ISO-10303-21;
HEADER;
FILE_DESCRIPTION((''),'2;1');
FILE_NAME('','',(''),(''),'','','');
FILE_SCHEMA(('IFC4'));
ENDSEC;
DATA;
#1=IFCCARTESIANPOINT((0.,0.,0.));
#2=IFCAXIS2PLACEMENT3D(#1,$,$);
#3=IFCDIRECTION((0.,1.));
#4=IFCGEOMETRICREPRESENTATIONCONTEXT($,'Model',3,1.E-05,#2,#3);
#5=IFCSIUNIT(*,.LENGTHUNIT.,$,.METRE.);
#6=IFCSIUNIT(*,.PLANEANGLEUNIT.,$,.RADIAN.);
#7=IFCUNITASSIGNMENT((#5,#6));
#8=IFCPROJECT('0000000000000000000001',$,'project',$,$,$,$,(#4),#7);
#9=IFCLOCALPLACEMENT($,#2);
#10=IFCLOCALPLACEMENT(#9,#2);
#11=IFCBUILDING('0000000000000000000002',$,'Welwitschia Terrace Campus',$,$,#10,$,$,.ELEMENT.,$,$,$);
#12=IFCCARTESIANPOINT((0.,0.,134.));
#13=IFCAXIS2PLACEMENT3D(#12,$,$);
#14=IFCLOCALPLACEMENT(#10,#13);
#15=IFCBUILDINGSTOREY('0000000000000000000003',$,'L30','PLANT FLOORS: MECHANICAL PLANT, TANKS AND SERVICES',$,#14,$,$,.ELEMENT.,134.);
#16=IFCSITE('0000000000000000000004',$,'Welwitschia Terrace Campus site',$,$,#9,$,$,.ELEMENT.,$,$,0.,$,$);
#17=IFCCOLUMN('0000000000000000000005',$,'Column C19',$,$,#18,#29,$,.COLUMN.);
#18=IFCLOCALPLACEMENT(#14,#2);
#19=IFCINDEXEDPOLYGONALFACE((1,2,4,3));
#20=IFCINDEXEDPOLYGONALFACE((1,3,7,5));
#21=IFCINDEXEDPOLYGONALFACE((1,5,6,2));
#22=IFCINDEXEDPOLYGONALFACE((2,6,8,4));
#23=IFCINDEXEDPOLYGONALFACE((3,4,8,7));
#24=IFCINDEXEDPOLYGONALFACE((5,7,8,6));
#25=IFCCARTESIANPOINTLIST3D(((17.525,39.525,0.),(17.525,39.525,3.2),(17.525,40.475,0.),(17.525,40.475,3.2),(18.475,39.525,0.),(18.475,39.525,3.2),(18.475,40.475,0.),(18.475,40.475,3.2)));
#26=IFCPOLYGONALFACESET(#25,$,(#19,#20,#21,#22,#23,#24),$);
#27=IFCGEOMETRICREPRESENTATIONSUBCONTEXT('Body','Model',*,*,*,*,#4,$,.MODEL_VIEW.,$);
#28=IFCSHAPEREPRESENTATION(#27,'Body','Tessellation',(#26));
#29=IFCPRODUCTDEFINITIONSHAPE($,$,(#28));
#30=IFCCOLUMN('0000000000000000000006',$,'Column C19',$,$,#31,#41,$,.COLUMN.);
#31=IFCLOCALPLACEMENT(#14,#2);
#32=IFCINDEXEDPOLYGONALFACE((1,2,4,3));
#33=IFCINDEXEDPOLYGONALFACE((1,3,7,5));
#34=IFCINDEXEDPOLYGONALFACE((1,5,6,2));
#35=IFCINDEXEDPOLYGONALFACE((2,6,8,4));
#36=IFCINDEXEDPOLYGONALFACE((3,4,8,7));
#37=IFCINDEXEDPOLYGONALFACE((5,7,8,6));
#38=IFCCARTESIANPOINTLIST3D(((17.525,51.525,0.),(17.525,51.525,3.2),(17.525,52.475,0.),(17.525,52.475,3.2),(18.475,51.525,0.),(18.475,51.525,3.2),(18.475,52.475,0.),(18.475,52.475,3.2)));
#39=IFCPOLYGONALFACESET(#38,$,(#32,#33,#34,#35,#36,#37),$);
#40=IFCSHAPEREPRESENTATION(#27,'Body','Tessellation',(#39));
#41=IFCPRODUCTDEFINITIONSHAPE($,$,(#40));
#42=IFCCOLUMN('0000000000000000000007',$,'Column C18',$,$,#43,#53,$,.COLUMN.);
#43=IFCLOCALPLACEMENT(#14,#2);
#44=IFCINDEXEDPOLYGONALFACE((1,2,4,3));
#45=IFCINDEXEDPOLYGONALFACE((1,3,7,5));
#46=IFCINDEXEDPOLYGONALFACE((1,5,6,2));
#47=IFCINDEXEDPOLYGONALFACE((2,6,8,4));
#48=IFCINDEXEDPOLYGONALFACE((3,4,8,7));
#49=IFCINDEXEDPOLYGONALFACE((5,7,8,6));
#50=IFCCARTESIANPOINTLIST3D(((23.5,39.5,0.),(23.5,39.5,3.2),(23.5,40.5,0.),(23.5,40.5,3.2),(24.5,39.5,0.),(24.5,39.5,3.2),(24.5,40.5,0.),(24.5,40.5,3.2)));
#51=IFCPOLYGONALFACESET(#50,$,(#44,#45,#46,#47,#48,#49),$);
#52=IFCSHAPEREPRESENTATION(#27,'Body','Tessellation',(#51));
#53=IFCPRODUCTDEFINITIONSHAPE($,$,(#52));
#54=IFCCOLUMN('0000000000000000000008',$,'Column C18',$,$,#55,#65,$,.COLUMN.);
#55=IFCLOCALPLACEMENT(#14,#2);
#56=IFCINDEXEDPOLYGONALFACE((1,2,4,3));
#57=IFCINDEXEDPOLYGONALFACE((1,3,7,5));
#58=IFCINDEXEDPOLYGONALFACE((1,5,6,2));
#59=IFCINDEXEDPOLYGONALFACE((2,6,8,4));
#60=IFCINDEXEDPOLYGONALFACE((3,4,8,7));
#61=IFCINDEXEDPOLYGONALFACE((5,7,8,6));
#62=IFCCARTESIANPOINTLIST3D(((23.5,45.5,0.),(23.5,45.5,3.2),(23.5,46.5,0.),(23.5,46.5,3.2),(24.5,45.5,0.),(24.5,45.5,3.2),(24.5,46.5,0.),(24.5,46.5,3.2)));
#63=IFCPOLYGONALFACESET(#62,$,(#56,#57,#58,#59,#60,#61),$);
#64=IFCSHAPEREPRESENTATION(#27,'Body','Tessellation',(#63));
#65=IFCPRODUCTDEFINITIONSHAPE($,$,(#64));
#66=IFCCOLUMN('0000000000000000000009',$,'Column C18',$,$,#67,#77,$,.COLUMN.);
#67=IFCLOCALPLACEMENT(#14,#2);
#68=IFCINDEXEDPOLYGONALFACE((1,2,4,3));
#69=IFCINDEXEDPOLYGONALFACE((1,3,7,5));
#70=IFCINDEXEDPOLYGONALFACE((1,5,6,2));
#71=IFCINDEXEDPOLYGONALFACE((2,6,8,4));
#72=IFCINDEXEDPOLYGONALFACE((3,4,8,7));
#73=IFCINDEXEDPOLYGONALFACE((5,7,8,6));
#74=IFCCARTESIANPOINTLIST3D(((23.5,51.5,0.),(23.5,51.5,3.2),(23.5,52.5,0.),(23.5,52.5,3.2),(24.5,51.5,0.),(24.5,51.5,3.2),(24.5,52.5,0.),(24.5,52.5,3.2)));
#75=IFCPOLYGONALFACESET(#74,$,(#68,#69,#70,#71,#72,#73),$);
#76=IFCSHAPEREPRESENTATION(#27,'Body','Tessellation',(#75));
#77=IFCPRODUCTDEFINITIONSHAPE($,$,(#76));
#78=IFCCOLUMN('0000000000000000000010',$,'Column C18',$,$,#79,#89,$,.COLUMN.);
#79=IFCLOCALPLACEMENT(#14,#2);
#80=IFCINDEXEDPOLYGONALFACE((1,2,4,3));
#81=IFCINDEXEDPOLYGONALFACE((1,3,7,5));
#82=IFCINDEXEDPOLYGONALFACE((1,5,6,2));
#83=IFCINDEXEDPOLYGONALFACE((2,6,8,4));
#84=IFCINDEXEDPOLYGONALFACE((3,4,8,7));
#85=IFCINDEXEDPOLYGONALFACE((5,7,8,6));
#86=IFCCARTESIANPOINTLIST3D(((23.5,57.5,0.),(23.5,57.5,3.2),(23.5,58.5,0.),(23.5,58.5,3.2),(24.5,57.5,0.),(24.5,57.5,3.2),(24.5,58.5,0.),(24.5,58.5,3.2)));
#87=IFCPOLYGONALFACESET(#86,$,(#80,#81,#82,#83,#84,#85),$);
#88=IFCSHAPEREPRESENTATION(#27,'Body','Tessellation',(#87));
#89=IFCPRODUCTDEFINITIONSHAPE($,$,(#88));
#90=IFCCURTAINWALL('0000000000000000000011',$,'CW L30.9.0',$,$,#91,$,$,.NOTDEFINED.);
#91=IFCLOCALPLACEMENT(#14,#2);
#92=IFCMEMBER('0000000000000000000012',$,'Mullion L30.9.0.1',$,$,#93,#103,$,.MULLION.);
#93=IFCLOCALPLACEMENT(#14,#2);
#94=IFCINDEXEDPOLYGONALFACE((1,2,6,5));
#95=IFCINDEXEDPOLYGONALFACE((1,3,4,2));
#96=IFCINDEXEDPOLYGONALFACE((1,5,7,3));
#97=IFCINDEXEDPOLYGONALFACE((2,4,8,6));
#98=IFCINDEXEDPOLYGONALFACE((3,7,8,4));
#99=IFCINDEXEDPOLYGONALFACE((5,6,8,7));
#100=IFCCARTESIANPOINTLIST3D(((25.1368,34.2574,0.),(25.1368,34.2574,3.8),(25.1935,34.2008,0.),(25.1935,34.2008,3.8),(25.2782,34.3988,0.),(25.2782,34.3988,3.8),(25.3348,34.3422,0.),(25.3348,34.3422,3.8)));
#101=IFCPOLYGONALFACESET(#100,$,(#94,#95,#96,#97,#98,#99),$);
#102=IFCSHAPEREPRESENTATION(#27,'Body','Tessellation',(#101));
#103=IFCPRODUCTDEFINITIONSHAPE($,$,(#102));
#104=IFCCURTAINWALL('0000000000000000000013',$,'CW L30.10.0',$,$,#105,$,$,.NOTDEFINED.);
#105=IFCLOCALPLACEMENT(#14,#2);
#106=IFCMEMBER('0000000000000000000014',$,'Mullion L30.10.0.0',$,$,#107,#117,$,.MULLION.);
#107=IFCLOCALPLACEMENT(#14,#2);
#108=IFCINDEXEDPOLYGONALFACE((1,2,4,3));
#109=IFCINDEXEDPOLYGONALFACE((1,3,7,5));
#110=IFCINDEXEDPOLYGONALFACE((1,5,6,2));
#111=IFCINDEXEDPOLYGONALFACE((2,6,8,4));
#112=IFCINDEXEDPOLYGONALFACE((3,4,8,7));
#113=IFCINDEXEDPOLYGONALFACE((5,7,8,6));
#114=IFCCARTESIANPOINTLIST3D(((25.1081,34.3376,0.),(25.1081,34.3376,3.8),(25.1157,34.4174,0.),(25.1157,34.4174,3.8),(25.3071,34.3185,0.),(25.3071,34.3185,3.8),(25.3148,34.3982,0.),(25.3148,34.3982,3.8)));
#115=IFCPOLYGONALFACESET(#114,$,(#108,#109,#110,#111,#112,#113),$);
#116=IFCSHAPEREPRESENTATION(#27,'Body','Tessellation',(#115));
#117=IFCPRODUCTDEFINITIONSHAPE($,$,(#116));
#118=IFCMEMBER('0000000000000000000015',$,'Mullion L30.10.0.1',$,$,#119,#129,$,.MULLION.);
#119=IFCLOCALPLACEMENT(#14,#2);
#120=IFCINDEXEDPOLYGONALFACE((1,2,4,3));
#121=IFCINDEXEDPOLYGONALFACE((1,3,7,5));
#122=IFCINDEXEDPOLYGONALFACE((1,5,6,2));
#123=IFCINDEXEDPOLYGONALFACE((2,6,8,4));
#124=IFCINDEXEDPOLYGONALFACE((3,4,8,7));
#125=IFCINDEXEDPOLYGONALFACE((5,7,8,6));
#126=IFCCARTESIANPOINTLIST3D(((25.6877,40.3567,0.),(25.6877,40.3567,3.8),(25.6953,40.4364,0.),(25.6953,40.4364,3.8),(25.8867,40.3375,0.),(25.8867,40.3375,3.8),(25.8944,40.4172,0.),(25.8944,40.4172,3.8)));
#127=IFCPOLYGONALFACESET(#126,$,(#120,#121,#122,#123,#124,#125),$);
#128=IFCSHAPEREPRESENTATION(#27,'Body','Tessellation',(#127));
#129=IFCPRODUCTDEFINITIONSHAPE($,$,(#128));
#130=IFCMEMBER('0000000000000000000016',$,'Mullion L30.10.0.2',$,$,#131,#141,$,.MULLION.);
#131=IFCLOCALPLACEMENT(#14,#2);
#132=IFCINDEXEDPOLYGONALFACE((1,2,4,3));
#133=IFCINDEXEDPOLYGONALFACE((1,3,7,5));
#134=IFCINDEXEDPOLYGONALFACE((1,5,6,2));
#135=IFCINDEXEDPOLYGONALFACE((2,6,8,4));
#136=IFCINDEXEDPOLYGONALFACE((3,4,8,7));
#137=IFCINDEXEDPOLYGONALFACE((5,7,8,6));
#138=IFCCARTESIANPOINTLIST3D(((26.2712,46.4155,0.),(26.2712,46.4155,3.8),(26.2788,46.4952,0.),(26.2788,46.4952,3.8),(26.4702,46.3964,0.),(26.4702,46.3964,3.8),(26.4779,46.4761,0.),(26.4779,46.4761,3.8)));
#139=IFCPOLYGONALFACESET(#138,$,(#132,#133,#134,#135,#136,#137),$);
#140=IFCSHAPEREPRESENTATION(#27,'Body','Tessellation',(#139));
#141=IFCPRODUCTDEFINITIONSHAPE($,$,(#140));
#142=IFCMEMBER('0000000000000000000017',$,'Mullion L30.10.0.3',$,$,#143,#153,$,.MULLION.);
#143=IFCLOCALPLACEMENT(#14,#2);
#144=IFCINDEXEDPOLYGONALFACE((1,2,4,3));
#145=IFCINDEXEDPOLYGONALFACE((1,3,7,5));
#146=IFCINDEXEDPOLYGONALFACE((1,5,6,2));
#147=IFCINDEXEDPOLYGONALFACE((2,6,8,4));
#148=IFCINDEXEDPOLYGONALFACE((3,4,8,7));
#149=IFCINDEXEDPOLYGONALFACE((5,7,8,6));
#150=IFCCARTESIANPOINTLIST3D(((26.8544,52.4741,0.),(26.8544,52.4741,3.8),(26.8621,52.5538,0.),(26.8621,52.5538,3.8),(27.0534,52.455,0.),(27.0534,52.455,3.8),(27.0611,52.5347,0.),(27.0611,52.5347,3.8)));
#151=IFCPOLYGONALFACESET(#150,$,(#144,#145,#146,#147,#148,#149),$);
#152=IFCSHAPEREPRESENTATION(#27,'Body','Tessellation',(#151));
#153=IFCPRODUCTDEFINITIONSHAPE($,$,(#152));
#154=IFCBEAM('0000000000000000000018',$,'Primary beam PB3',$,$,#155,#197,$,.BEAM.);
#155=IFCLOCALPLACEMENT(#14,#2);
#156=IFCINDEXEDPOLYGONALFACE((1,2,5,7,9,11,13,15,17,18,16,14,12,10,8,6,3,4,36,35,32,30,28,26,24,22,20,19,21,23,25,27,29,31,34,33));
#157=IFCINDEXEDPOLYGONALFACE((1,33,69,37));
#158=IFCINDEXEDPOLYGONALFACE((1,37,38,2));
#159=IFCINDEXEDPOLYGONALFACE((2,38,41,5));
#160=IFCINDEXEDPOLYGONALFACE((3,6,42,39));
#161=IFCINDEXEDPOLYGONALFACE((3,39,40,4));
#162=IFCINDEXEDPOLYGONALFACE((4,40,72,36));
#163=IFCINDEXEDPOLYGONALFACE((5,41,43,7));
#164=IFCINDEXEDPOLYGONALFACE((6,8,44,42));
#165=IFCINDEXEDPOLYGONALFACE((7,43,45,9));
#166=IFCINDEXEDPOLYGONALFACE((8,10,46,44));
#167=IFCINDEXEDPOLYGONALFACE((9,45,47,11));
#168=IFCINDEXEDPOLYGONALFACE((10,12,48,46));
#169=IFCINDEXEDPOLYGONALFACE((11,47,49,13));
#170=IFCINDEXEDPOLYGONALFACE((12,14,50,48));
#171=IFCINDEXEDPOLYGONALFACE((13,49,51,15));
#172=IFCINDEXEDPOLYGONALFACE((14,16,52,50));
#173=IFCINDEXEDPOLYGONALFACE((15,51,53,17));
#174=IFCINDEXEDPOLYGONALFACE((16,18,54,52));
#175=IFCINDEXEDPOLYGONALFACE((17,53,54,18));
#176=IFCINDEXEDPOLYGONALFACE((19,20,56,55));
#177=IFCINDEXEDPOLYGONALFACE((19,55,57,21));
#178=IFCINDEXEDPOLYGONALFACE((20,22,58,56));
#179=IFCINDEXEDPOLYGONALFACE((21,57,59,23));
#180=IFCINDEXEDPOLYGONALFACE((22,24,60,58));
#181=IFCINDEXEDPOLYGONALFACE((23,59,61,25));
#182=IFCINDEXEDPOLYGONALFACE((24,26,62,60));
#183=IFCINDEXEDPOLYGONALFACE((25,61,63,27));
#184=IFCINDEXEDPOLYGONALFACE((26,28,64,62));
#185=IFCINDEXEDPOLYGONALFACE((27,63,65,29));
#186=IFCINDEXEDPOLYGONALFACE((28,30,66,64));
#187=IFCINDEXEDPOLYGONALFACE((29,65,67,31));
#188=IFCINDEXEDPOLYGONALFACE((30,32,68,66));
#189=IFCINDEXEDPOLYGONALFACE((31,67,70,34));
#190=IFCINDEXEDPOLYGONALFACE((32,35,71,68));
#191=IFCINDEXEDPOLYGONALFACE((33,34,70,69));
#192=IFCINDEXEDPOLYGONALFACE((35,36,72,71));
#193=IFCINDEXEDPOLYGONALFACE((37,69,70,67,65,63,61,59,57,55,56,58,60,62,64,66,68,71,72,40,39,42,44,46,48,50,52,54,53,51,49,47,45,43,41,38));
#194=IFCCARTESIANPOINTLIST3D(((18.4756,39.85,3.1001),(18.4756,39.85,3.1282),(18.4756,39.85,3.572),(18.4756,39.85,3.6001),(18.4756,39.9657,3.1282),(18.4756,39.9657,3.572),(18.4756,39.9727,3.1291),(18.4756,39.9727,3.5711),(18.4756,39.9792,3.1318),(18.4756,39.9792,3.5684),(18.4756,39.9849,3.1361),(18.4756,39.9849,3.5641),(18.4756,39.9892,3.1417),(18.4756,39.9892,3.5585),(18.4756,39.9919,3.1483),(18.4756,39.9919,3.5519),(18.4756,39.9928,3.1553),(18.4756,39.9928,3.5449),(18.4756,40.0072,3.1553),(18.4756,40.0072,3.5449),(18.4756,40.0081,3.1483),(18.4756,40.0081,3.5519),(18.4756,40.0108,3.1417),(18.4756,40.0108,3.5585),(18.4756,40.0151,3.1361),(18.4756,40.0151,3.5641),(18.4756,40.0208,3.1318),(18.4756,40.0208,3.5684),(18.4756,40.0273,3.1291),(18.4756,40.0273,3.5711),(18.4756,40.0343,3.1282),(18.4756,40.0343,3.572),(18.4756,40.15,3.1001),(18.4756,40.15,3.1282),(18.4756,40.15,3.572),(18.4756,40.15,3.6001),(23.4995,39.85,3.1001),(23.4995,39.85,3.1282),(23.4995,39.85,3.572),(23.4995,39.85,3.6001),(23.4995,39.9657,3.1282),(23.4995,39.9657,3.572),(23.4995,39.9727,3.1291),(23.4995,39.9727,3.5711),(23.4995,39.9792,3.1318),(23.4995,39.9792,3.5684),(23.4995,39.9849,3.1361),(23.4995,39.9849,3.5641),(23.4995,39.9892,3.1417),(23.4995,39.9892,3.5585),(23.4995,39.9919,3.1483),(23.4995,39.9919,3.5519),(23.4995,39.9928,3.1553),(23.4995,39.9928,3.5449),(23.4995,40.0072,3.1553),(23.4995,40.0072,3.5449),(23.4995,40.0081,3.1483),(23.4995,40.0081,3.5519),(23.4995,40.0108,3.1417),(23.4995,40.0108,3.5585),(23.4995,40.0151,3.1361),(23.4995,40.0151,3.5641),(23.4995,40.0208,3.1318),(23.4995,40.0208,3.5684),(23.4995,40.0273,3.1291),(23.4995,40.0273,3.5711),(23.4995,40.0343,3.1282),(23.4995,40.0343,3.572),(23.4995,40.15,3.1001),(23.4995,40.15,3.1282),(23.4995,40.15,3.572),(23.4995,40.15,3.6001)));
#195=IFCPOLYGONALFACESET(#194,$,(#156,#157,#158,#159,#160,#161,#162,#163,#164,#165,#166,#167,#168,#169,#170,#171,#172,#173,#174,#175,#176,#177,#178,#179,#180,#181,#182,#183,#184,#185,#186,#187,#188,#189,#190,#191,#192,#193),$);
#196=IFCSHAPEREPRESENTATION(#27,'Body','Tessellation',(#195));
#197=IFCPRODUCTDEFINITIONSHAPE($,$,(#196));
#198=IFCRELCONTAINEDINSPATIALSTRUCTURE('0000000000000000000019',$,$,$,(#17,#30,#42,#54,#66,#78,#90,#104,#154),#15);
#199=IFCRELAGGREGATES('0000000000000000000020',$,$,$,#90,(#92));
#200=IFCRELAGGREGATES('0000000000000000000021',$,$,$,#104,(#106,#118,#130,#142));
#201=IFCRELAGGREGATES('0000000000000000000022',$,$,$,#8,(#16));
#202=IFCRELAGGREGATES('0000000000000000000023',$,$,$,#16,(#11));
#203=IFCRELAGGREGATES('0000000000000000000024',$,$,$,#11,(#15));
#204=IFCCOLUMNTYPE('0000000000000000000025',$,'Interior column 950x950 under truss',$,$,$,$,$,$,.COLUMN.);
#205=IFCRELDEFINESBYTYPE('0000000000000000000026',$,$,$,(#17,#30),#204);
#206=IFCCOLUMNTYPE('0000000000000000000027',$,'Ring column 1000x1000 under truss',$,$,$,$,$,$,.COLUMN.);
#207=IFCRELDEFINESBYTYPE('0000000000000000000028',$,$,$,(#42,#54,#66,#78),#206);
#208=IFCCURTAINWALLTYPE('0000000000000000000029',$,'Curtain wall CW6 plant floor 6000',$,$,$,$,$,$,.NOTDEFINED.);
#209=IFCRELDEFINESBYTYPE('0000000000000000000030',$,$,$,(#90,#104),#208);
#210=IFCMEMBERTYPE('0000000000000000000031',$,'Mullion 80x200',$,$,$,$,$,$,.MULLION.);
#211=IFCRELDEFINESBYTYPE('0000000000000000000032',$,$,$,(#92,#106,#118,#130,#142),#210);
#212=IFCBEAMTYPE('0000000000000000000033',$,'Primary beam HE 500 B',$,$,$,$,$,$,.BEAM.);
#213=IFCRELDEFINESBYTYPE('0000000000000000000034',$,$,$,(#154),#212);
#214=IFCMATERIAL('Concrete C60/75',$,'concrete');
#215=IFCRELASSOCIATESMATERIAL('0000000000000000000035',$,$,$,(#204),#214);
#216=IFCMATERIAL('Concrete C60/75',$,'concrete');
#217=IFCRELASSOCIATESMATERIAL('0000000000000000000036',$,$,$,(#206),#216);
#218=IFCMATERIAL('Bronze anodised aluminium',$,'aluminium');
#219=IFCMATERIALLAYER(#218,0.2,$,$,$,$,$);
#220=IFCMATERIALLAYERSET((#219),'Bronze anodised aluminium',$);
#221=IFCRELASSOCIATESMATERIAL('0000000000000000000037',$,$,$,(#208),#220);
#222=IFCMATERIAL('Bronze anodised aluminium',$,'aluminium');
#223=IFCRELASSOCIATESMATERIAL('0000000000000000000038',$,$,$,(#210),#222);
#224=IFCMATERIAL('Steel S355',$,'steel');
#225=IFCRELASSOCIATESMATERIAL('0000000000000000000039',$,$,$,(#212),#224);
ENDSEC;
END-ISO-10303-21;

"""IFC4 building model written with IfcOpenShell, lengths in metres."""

from ifc_helpers import new_model, si_unit, direction, frame, origin, origin_2d, place, context, subcontext, project, spatial, rectangle, i_section, extrude, material, layer, layer_set, material_profile, profile_set, type_object, element, aggregate, save


model = new_model("IFC4")

# Units and contexts
model_context = context("Model", 3, precision=1e-05, world=origin(), true_north=direction((0.0, 1.0)))
body_context = subcontext(model_context, "Body", "Model", "MODEL_VIEW")
ifc_project = project(units=[si_unit("LENGTHUNIT", "METRE"), si_unit("PLANEANGLEUNIT", "RADIAN")], contexts=[model_context])

# Site, building, storey
site_placement = place(None, origin())
site = spatial("IfcSite", under=ifc_project, at=site_placement, Name="Welwitschia Terrace Campus site", CompositionType="ELEMENT", RefElevation=0.0)
building_placement = place(site_placement, origin())
building = spatial("IfcBuilding", under=site, at=building_placement, Name="Welwitschia Terrace Campus", CompositionType="ELEMENT")
storey_placement = place(building_placement, frame((0.0, 0.0, 134.0)))
storey = spatial("IfcBuildingStorey", under=building, at=storey_placement, Name="L30", Description="PLANT FLOORS: MECHANICAL PLANT, TANKS AND SERVICES", CompositionType="ELEMENT", Elevation=134.0)

# Columns
ifc_material_1 = material(Name="Concrete C60/75", Category="concrete")
ifc_material_profile_1 = material_profile(ifc_material_1, rectangle(XDim=0.95, YDim=0.95, at=origin_2d()))
ifc_profile_set_1 = profile_set([ifc_material_profile_1], Name="Concrete C60/75")
column_type_1 = type_object("IfcColumnType", Name="Interior column 950x950 under truss", PredefinedType="COLUMN", material=ifc_profile_set_1)
for number, where, z_axis, x_axis, name in (
    (1, (18.0, 40.0, 0.0), (0.0, 0.0, 1.0), (1.0, 0.0, 0.0), "Column C19"),
    (2, (18.0, 52.0, 0.0), (0.0, 0.0, 1.0), (1.0, 0.0, 0.0), "Column C19"),
):
    element("IfcColumn", number, at=place(storey_placement, frame(where, z_axis=z_axis, x_axis=x_axis)), inside=storey, type_object=column_type_1, Name=name, PredefinedType="COLUMN", context=body_context, shape_type="SweptSolid", body=[
        extrude(rectangle(XDim=0.95, YDim=0.95, at=origin_2d()), origin(), (0.0, 0.0, 1.0), 3.2),
    ])
ifc_material_2 = material(Name="Concrete C60/75", Category="concrete")
ifc_material_profile_2 = material_profile(ifc_material_2, rectangle(XDim=1.0, YDim=1.0, at=origin_2d()))
ifc_profile_set_2 = profile_set([ifc_material_profile_2], Name="Concrete C60/75")
column_type_2 = type_object("IfcColumnType", Name="Ring column 1000x1000 under truss", PredefinedType="COLUMN", material=ifc_profile_set_2)
for number, where, z_axis, x_axis, name in (
    (3, (24.0, 40.0, 0.0), (0.0, 0.0, 1.0), (1.0, 0.0, 0.0), "Column C18"),
    (4, (24.0, 46.0, 0.0), (0.0, 0.0, 1.0), (1.0, 0.0, 0.0), "Column C18"),
    (5, (24.0, 52.0, 0.0), (0.0, 0.0, 1.0), (1.0, 0.0, 0.0), "Column C18"),
    (6, (24.0, 58.0, 0.0), (0.0, 0.0, 1.0), (1.0, 0.0, 0.0), "Column C18"),
):
    element("IfcColumn", number, at=place(storey_placement, frame(where, z_axis=z_axis, x_axis=x_axis)), inside=storey, type_object=column_type_2, Name=name, PredefinedType="COLUMN", context=body_context, shape_type="SweptSolid", body=[
        extrude(rectangle(XDim=1.0, YDim=1.0, at=origin_2d()), origin(), (0.0, 0.0, 1.0), 3.2),
    ])

# Curtain wall, member
ifc_material_3 = material(Name="Bronze anodised aluminium", Category="aluminium")
ifc_layer_1 = layer(ifc_material_3, 0.2)
ifc_layer_set_1 = layer_set([ifc_layer_1], Name="Bronze anodised aluminium")
curtain_wall_type = type_object("IfcCurtainWallType", Name="Curtain wall CW6 plant floor 6000", PredefinedType="NOTDEFINED", material=ifc_layer_set_1)
curtain_wall_1_placement = place(storey_placement, origin())
curtain_wall_1 = element("IfcCurtainWall", 7, at=curtain_wall_1_placement, inside=storey, type_object=curtain_wall_type, Name="CW L30.9.0", PredefinedType="NOTDEFINED")
ifc_material_4 = material(Name="Bronze anodised aluminium", Category="aluminium")
ifc_material_profile_3 = material_profile(ifc_material_4, rectangle(XDim=0.2, YDim=0.0801, at=origin_2d()))
ifc_profile_set_3 = profile_set([ifc_material_profile_3], Name="Bronze anodised aluminium")
member_type_1 = type_object("IfcMemberType", Name="Mullion 80x200", PredefinedType="MULLION", material=ifc_profile_set_3)
member_1_placement = place(storey_placement, frame((25.2358, 34.2998, 0.0), z_axis=(0.0, 0.0, 1.0), x_axis=(-0.707107, -0.707107, 0.0)))
member_1 = element("IfcMember", 8, at=member_1_placement, type_object=member_type_1, Name="Mullion L30.9.0.1", PredefinedType="MULLION", context=body_context, shape_type="SweptSolid", body=[
    extrude(rectangle(XDim=0.2, YDim=0.0801, at=origin_2d()), origin(), (0.0, 0.0, 1.0), 3.8),
])
aggregate(curtain_wall_1, [member_1])

# Curtain wall, members
curtain_wall_2_placement = place(storey_placement, origin())
curtain_wall_2 = element("IfcCurtainWall", 9, at=curtain_wall_2_placement, inside=storey, type_object=curtain_wall_type, Name="CW L30.10.0", PredefinedType="NOTDEFINED")
member_2_placement = place(storey_placement, frame((25.2114, 34.3679, 0.0), z_axis=(0.0, 0.0, 1.0), x_axis=(-0.995396, 0.095846, 0.0)))
member_2 = element("IfcMember", 10, at=member_2_placement, type_object=member_type_1, Name="Mullion L30.10.0.0", PredefinedType="MULLION", context=body_context, shape_type="SweptSolid", body=[
    extrude(rectangle(XDim=0.2, YDim=0.0801, at=origin_2d()), origin(), (0.0, 0.0, 1.0), 3.8),
])
member_3_placement = place(storey_placement, frame((25.791, 40.387, 0.0), z_axis=(0.0, 0.0, 1.0), x_axis=(-0.995396, 0.095846, 0.0)))
member_3 = element("IfcMember", 11, at=member_3_placement, type_object=member_type_1, Name="Mullion L30.10.0.1", PredefinedType="MULLION", context=body_context, shape_type="SweptSolid", body=[
    extrude(rectangle(XDim=0.2, YDim=0.0801, at=origin_2d()), origin(), (0.0, 0.0, 1.0), 3.8),
])
member_4_placement = place(storey_placement, frame((26.3745, 46.4458, 0.0), z_axis=(0.0, 0.0, 1.0), x_axis=(-0.995396, 0.095846, 0.0)))
member_4 = element("IfcMember", 12, at=member_4_placement, type_object=member_type_1, Name="Mullion L30.10.0.2", PredefinedType="MULLION", context=body_context, shape_type="SweptSolid", body=[
    extrude(rectangle(XDim=0.2, YDim=0.0801, at=origin_2d()), origin(), (0.0, 0.0, 1.0), 3.8),
])
member_5_placement = place(storey_placement, frame((26.9578, 52.5044, 0.0), z_axis=(0.0, 0.0, 1.0), x_axis=(-0.995396, 0.095846, 0.0)))
member_5 = element("IfcMember", 13, at=member_5_placement, type_object=member_type_1, Name="Mullion L30.10.0.3", PredefinedType="MULLION", context=body_context, shape_type="SweptSolid", body=[
    extrude(rectangle(XDim=0.2, YDim=0.0801, at=origin_2d()), origin(), (0.0, 0.0, 1.0), 3.8),
])

# Beam
ifc_material_5 = material(Name="Steel S355", Category="steel")
ifc_material_profile_4 = material_profile(ifc_material_5, i_section(OverallWidth=0.3, OverallDepth=0.5, WebThickness=0.0144, FlangeThickness=0.0281, FilletRadius=0.0271, at=origin_2d()))
ifc_profile_set_4 = profile_set([ifc_material_profile_4], Name="Steel S355")
beam_type = type_object("IfcBeamType", Name="Primary beam HE 500 B", PredefinedType="BEAM", material=ifc_profile_set_4)
for number, where, z_axis, x_axis, name in (
    (14, (23.4995, 40.0, 3.3501), (-1.0, 0.0, 0.0), (0.0, -1.0, 0.0), "Primary beam PB3"),
):
    element("IfcBeam", number, at=place(storey_placement, frame(where, z_axis=z_axis, x_axis=x_axis)), inside=storey, type_object=beam_type, Name=name, PredefinedType="BEAM", context=body_context, shape_type="SweptSolid", body=[
        extrude(i_section(OverallWidth=0.3, OverallDepth=0.5, WebThickness=0.0144, FlangeThickness=0.0281, FilletRadius=0.0271, at=origin_2d()), origin(), (0.0, 0.0, 1.0), 5.0239),
    ])

aggregate(curtain_wall_2, [member_2, member_3, member_4, member_5])

save(model, "model.ifc")
